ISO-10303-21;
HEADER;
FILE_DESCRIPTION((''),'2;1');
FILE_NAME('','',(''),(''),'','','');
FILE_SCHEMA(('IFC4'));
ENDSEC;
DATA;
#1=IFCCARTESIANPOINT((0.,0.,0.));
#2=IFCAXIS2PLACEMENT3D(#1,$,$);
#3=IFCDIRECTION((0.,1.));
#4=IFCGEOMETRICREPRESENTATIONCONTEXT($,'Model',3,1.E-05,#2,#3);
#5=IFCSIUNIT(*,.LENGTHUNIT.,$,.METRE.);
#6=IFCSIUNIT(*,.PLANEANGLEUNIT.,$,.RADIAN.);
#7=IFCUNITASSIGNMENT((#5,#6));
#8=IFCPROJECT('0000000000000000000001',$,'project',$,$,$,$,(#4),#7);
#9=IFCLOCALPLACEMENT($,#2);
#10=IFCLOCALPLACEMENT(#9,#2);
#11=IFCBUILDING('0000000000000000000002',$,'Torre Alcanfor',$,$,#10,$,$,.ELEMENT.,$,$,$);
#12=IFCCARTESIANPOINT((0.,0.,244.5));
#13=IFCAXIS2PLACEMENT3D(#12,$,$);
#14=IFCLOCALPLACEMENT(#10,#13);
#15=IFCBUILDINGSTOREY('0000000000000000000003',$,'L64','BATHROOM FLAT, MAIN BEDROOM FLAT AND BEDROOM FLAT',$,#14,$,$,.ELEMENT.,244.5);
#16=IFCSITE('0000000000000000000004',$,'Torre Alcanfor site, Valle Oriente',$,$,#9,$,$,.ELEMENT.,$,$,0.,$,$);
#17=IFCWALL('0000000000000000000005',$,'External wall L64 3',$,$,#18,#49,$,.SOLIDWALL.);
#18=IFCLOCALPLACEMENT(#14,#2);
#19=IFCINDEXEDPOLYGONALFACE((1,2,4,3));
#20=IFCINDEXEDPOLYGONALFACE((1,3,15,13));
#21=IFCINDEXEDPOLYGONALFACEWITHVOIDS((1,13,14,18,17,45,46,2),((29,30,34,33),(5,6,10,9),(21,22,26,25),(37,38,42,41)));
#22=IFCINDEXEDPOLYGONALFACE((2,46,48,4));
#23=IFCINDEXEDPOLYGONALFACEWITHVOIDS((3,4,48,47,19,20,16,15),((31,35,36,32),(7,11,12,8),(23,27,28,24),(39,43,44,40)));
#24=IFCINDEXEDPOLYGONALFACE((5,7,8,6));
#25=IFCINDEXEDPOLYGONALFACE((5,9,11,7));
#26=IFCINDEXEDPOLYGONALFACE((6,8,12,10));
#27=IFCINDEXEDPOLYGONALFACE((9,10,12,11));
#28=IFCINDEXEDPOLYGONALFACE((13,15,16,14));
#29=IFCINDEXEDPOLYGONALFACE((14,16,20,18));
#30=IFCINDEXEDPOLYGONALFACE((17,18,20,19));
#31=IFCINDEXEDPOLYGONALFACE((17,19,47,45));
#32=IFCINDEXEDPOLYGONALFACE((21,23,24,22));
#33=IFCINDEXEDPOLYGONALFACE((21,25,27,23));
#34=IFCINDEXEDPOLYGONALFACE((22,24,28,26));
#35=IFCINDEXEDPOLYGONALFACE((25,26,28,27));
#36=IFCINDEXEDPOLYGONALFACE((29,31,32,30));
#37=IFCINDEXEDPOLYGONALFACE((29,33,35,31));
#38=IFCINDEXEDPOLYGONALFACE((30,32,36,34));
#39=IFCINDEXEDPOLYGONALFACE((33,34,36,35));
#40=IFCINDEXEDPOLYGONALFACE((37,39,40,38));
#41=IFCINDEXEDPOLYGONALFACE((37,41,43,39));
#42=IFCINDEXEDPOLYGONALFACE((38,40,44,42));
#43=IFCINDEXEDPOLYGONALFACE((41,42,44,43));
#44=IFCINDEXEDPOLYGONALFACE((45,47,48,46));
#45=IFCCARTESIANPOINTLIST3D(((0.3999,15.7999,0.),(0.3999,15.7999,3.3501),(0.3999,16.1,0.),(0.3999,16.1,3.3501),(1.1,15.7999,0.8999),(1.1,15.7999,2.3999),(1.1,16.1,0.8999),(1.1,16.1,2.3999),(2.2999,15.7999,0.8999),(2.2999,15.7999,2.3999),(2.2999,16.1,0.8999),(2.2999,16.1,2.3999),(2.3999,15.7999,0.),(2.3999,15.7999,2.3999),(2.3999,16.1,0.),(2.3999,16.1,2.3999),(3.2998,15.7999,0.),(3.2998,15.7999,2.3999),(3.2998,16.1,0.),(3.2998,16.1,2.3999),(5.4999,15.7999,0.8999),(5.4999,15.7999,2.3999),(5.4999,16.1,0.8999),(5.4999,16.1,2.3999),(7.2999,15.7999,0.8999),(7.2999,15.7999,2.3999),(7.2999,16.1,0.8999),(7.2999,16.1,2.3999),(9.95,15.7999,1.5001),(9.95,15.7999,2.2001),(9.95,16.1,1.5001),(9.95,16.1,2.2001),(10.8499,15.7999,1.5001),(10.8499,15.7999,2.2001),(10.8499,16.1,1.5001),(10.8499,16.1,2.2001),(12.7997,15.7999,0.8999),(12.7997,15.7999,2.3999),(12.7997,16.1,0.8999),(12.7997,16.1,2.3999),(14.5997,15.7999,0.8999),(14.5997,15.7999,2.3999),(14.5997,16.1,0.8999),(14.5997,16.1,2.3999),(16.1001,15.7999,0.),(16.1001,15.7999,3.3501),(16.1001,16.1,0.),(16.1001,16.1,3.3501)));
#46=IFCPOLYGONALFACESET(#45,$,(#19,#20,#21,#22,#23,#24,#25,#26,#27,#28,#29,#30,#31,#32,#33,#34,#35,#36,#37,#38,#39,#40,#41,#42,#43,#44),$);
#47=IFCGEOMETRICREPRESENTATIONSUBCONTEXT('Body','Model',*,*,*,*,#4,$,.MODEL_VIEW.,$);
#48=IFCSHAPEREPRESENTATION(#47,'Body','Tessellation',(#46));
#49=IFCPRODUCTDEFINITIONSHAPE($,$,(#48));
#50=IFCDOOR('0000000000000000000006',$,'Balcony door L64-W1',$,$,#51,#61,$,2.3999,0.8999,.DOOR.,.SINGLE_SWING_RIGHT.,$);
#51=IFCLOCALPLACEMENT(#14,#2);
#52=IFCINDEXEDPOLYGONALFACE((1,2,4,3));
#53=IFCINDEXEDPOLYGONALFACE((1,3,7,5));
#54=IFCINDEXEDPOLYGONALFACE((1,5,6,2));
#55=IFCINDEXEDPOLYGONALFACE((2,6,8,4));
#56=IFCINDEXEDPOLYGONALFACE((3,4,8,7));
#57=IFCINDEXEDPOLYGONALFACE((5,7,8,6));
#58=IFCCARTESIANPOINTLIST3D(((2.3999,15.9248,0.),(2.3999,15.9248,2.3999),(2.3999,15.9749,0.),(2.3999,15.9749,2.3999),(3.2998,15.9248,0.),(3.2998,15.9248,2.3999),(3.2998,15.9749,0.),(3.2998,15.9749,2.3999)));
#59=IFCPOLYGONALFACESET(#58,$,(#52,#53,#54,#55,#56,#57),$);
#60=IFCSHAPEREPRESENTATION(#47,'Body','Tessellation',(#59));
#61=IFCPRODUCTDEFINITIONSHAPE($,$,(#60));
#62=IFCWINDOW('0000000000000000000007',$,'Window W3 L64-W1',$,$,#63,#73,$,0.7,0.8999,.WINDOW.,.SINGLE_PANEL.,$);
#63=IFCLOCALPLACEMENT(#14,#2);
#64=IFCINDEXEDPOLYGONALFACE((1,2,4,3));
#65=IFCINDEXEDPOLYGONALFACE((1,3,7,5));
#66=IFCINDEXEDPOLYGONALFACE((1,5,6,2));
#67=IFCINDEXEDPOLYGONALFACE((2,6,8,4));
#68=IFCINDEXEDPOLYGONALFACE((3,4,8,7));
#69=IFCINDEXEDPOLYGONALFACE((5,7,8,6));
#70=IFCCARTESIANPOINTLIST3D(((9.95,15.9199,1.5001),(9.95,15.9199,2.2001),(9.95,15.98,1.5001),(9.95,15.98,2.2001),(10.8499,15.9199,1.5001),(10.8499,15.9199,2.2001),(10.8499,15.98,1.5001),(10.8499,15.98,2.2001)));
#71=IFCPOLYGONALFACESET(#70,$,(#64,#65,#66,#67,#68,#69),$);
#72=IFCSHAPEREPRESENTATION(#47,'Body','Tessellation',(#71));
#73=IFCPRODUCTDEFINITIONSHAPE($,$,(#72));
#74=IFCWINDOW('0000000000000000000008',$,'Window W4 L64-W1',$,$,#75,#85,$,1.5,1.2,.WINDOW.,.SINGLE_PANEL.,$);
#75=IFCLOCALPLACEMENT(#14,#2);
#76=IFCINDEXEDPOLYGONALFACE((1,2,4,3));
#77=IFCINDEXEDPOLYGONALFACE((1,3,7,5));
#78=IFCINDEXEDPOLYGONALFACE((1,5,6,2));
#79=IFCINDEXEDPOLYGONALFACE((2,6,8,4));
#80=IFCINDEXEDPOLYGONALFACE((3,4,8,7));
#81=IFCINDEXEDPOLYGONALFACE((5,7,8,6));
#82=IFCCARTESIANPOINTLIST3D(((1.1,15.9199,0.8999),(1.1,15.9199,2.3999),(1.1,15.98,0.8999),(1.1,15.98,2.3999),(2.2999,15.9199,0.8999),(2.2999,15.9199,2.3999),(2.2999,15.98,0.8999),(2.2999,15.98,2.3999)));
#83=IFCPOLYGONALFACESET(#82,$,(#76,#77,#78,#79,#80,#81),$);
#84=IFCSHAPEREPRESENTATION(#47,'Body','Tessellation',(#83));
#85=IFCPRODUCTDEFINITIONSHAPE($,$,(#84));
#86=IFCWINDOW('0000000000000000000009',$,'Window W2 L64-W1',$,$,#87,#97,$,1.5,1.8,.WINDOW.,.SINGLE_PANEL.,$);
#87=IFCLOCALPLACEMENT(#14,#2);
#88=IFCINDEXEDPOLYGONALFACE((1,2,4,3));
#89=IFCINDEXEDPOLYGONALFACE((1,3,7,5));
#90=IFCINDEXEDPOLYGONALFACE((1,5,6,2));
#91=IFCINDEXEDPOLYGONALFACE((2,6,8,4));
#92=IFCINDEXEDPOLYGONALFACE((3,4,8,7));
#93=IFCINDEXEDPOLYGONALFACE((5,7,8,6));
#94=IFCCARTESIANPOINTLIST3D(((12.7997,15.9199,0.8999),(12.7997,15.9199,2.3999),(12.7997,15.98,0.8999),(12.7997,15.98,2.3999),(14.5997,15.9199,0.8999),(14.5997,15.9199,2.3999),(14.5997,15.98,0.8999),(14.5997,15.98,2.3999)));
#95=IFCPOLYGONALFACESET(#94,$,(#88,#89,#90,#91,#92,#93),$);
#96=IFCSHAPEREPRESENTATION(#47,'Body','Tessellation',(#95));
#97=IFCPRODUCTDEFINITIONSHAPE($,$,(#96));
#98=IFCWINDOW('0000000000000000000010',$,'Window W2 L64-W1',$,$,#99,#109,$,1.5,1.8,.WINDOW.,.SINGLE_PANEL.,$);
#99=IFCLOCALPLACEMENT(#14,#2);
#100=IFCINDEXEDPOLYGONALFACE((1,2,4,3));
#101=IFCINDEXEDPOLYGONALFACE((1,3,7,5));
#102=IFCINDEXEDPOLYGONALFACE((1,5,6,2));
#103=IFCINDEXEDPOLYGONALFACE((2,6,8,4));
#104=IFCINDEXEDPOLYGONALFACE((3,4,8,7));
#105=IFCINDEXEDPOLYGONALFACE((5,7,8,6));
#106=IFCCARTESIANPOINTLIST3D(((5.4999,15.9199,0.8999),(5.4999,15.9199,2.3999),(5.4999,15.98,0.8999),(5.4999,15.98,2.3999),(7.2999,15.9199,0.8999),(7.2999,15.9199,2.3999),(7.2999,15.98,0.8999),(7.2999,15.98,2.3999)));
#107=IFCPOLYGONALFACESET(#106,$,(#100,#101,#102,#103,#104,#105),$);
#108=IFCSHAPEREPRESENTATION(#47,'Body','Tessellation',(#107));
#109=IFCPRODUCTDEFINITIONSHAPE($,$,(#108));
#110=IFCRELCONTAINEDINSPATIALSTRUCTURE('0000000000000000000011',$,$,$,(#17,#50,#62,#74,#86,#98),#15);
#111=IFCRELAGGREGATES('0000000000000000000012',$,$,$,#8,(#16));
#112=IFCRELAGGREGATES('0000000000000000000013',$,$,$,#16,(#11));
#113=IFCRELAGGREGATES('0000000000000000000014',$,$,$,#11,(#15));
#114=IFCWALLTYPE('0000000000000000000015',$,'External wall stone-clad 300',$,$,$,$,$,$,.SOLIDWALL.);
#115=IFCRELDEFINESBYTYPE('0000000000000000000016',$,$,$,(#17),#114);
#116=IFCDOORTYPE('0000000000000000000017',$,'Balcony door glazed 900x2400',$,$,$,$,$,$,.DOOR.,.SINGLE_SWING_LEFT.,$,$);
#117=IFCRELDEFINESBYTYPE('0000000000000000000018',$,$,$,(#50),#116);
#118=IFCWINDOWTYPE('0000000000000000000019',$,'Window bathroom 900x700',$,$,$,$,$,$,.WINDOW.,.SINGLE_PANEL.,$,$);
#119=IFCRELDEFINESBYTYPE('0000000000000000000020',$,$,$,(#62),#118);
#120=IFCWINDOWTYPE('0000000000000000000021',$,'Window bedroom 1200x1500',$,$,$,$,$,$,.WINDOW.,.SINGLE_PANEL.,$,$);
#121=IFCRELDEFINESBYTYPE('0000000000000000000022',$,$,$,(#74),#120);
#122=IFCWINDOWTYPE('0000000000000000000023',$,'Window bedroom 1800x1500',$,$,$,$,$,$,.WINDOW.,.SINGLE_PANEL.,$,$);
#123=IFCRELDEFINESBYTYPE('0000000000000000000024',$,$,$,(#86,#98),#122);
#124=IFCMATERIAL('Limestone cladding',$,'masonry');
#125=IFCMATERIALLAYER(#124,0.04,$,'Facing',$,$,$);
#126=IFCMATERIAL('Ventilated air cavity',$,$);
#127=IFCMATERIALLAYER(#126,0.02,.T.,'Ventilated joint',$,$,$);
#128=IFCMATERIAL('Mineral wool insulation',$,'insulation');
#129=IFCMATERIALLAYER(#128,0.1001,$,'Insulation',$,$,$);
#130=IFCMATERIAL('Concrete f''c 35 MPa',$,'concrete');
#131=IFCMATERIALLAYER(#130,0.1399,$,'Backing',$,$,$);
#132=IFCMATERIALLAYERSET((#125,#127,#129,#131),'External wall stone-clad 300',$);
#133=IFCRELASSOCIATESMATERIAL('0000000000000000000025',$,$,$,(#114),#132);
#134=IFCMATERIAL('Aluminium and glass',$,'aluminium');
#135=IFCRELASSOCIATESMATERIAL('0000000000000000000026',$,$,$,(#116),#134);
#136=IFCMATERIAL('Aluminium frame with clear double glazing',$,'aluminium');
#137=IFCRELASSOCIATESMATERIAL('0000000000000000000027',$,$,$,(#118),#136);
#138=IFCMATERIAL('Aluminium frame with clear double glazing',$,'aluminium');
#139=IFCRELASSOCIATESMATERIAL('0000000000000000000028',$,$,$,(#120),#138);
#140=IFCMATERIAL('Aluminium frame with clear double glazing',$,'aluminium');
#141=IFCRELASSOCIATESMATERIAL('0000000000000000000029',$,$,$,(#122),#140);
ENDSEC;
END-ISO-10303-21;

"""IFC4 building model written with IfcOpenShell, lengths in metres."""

from ifc_helpers import new_model, si_unit, direction, frame, frame_2d, origin, place, context, subcontext, project, spatial, rectangle, extrude, material, layer, layer_set, type_object, element, fill, save


model = new_model("IFC4")

# Units and contexts
model_context = context("Model", 3, precision=1e-05, world=origin(), true_north=direction((0.0, 1.0)))
body_context = subcontext(model_context, "Body", "Model", "MODEL_VIEW")
ifc_project = project(units=[si_unit("LENGTHUNIT", "METRE"), si_unit("PLANEANGLEUNIT", "RADIAN")], contexts=[model_context])

# Site, building, storey
site_placement = place(None, origin())
site = spatial("IfcSite", under=ifc_project, at=site_placement, Name="Torre Alcanfor site, Valle Oriente", CompositionType="ELEMENT", RefElevation=0.0)
building_placement = place(site_placement, origin())
building = spatial("IfcBuilding", under=site, at=building_placement, Name="Torre Alcanfor", CompositionType="ELEMENT")
storey_placement = place(building_placement, frame((0.0, 0.0, 244.5)))
storey = spatial("IfcBuildingStorey", under=building, at=storey_placement, Name="L64", Description="BATHROOM FLAT, MAIN BEDROOM FLAT AND BEDROOM FLAT", CompositionType="ELEMENT", Elevation=244.5)

# Wall, openings, door, windows
ifc_material_1 = material(Name="Limestone cladding", Category="masonry")
ifc_layer_1 = layer(ifc_material_1, 0.04, Name="Facing")
ifc_material_2 = material(Name="Ventilated air cavity")
ifc_layer_2 = layer(ifc_material_2, 0.02, ventilated=True, Name="Ventilated joint")
ifc_material_3 = material(Name="Mineral wool insulation", Category="insulation")
ifc_layer_3 = layer(ifc_material_3, 0.1001, Name="Insulation")
ifc_material_4 = material(Name="Concrete f'c 35 MPa", Category="concrete")
ifc_layer_4 = layer(ifc_material_4, 0.1399, Name="Backing")
ifc_layer_set_1 = layer_set([ifc_layer_1, ifc_layer_2, ifc_layer_3, ifc_layer_4], Name="External wall stone-clad 300")
wall_type_1 = type_object("IfcWallType", Name="External wall stone-clad 300", PredefinedType="SOLIDWALL", material=ifc_layer_set_1)
wall_1_placement = place(storey_placement, frame((0.3999, 15.95, 0.0), z_axis=(0.0, 0.0, 1.0), x_axis=(1.0, 0.0, 0.0)))
wall_1 = element("IfcWall", 1, at=wall_1_placement, inside=storey, type_object=wall_type_1, Name="External wall L64 3", PredefinedType="SOLIDWALL", context=body_context, shape_type="SweptSolid", body=[
    extrude(rectangle(XDim=15.7002, YDim=0.3, at=frame_2d((7.8501, 0.0))), origin(), (0.0, 0.0, 1.0), 3.3501),
])
opening_1_placement = place(wall_1_placement, frame((12.3999, 0.0, 0.8999)))
opening_1 = element("IfcOpeningElement", 2, at=opening_1_placement, cuts=wall_1, PredefinedType="OPENING", context=body_context, shape_type="SweptSolid", body=[
    extrude(rectangle(XDim=1.8, YDim=1.5, at=frame_2d((0.8999, 0.75))), frame((0.0, 0.1599, 0.0), z_axis=(0.0, -1.0, 0.0), x_axis=(1.0, 0.0, 0.0)), (0.0, 0.0, 1.0), 0.3201),
])
opening_2_placement = place(wall_1_placement, frame((9.55, 0.0, 1.5)))
opening_2 = element("IfcOpeningElement", 3, at=opening_2_placement, cuts=wall_1, PredefinedType="OPENING", context=body_context, shape_type="SweptSolid", body=[
    extrude(rectangle(XDim=0.8999, YDim=0.7, at=frame_2d((0.45, 0.3501))), frame((0.0, 0.1599, 0.0), z_axis=(0.0, -1.0, 0.0), x_axis=(1.0, 0.0, 0.0)), (0.0, 0.0, 1.0), 0.3201),
])
opening_3_placement = place(wall_1_placement, frame((5.1001, 0.0, 0.8999)))
opening_3 = element("IfcOpeningElement", 4, at=opening_3_placement, cuts=wall_1, PredefinedType="OPENING", context=body_context, shape_type="SweptSolid", body=[
    extrude(rectangle(XDim=1.8, YDim=1.5, at=frame_2d((0.8999, 0.75))), frame((0.0, 0.1599, 0.0), z_axis=(0.0, -1.0, 0.0), x_axis=(1.0, 0.0, 0.0)), (0.0, 0.0, 1.0), 0.3201),
])
opening_4_placement = place(wall_1_placement, frame((2.0, 0.0, 0.0)))
opening_4 = element("IfcOpeningElement", 5, at=opening_4_placement, cuts=wall_1, PredefinedType="OPENING", context=body_context, shape_type="SweptSolid", body=[
    extrude(rectangle(XDim=0.8999, YDim=2.3999, at=frame_2d((0.45, 1.2))), frame((0.0, 0.1599, 0.0), z_axis=(0.0, -1.0, 0.0), x_axis=(1.0, 0.0, 0.0)), (0.0, 0.0, 1.0), 0.3201),
])
opening_5_placement = place(wall_1_placement, frame((0.7, 0.0, 0.8999)))
opening_5 = element("IfcOpeningElement", 6, at=opening_5_placement, cuts=wall_1, PredefinedType="OPENING", context=body_context, shape_type="SweptSolid", body=[
    extrude(rectangle(XDim=1.2, YDim=1.5, at=frame_2d((0.6001, 0.75))), frame((0.0, 0.1599, 0.0), z_axis=(0.0, -1.0, 0.0), x_axis=(1.0, 0.0, 0.0)), (0.0, 0.0, 1.0), 0.3201),
])
ifc_material_5 = material(Name="Aluminium and glass", Category="aluminium")
door_type = type_object("IfcDoorType", Name="Balcony door glazed 900x2400", OperationType="SINGLE_SWING_LEFT", PredefinedType="DOOR", material=ifc_material_5)
door_placement = place(opening_4_placement, origin())
door = element("IfcDoor", 7, at=door_placement, inside=storey, type_object=door_type, Name="Balcony door L64-W1", OperationType="SINGLE_SWING_RIGHT", OverallHeight=2.3999, OverallWidth=0.8999, PredefinedType="DOOR", context=body_context, shape_type="SweptSolid", body=[
    extrude(rectangle(XDim=0.8999, YDim=2.3999, at=frame_2d((0.45, 1.2))), frame((0.0, 0.0249, 0.0), z_axis=(0.0, -1.0, 0.0), x_axis=(1.0, 0.0, 0.0)), (0.0, 0.0, 1.0), 0.05),
])
fill(opening_4, door)
ifc_material_6 = material(Name="Aluminium frame with clear double glazing", Category="aluminium")
window_type_1 = type_object("IfcWindowType", Name="Window bathroom 900x700", PartitioningType="SINGLE_PANEL", PredefinedType="WINDOW", material=ifc_material_6)
window_1_placement = place(opening_2_placement, origin())
window_1 = element("IfcWindow", 8, at=window_1_placement, inside=storey, type_object=window_type_1, Name="Window W3 L64-W1", OverallHeight=0.7, OverallWidth=0.8999, PartitioningType="SINGLE_PANEL", PredefinedType="WINDOW", context=body_context, shape_type="SweptSolid", body=[
    extrude(rectangle(XDim=0.8999, YDim=0.7, at=frame_2d((0.45, 0.3501))), frame((0.0, 0.03, 0.0), z_axis=(0.0, -1.0, 0.0), x_axis=(1.0, 0.0, 0.0)), (0.0, 0.0, 1.0), 0.0601),
])
fill(opening_2, window_1)
ifc_material_7 = material(Name="Aluminium frame with clear double glazing", Category="aluminium")
window_type_2 = type_object("IfcWindowType", Name="Window bedroom 1200x1500", PartitioningType="SINGLE_PANEL", PredefinedType="WINDOW", material=ifc_material_7)
window_2_placement = place(opening_5_placement, origin())
window_2 = element("IfcWindow", 9, at=window_2_placement, inside=storey, type_object=window_type_2, Name="Window W4 L64-W1", OverallHeight=1.5, OverallWidth=1.2, PartitioningType="SINGLE_PANEL", PredefinedType="WINDOW", context=body_context, shape_type="SweptSolid", body=[
    extrude(rectangle(XDim=1.2, YDim=1.5, at=frame_2d((0.6001, 0.75))), frame((0.0, 0.03, 0.0), z_axis=(0.0, -1.0, 0.0), x_axis=(1.0, 0.0, 0.0)), (0.0, 0.0, 1.0), 0.0601),
])
fill(opening_5, window_2)
ifc_material_8 = material(Name="Aluminium frame with clear double glazing", Category="aluminium")
window_type_3 = type_object("IfcWindowType", Name="Window bedroom 1800x1500", PartitioningType="SINGLE_PANEL", PredefinedType="WINDOW", material=ifc_material_8)
window_3_placement = place(opening_1_placement, origin())
window_3 = element("IfcWindow", 10, at=window_3_placement, inside=storey, type_object=window_type_3, Name="Window W2 L64-W1", OverallHeight=1.5, OverallWidth=1.8, PartitioningType="SINGLE_PANEL", PredefinedType="WINDOW", context=body_context, shape_type="SweptSolid", body=[
    extrude(rectangle(XDim=1.8, YDim=1.5, at=frame_2d((0.8999, 0.75))), frame((0.0, 0.03, 0.0), z_axis=(0.0, -1.0, 0.0), x_axis=(1.0, 0.0, 0.0)), (0.0, 0.0, 1.0), 0.0601),
])
fill(opening_1, window_3)
window_4_placement = place(opening_3_placement, origin())
window_4 = element("IfcWindow", 11, at=window_4_placement, inside=storey, type_object=window_type_3, Name="Window W2 L64-W1", OverallHeight=1.5, OverallWidth=1.8, PartitioningType="SINGLE_PANEL", PredefinedType="WINDOW", context=body_context, shape_type="SweptSolid", body=[
    extrude(rectangle(XDim=1.8, YDim=1.5, at=frame_2d((0.8999, 0.75))), frame((0.0, 0.03, 0.0), z_axis=(0.0, -1.0, 0.0), x_axis=(1.0, 0.0, 0.0)), (0.0, 0.0, 1.0), 0.0601),
])
fill(opening_3, window_4)

save(model, "model.ifc")
